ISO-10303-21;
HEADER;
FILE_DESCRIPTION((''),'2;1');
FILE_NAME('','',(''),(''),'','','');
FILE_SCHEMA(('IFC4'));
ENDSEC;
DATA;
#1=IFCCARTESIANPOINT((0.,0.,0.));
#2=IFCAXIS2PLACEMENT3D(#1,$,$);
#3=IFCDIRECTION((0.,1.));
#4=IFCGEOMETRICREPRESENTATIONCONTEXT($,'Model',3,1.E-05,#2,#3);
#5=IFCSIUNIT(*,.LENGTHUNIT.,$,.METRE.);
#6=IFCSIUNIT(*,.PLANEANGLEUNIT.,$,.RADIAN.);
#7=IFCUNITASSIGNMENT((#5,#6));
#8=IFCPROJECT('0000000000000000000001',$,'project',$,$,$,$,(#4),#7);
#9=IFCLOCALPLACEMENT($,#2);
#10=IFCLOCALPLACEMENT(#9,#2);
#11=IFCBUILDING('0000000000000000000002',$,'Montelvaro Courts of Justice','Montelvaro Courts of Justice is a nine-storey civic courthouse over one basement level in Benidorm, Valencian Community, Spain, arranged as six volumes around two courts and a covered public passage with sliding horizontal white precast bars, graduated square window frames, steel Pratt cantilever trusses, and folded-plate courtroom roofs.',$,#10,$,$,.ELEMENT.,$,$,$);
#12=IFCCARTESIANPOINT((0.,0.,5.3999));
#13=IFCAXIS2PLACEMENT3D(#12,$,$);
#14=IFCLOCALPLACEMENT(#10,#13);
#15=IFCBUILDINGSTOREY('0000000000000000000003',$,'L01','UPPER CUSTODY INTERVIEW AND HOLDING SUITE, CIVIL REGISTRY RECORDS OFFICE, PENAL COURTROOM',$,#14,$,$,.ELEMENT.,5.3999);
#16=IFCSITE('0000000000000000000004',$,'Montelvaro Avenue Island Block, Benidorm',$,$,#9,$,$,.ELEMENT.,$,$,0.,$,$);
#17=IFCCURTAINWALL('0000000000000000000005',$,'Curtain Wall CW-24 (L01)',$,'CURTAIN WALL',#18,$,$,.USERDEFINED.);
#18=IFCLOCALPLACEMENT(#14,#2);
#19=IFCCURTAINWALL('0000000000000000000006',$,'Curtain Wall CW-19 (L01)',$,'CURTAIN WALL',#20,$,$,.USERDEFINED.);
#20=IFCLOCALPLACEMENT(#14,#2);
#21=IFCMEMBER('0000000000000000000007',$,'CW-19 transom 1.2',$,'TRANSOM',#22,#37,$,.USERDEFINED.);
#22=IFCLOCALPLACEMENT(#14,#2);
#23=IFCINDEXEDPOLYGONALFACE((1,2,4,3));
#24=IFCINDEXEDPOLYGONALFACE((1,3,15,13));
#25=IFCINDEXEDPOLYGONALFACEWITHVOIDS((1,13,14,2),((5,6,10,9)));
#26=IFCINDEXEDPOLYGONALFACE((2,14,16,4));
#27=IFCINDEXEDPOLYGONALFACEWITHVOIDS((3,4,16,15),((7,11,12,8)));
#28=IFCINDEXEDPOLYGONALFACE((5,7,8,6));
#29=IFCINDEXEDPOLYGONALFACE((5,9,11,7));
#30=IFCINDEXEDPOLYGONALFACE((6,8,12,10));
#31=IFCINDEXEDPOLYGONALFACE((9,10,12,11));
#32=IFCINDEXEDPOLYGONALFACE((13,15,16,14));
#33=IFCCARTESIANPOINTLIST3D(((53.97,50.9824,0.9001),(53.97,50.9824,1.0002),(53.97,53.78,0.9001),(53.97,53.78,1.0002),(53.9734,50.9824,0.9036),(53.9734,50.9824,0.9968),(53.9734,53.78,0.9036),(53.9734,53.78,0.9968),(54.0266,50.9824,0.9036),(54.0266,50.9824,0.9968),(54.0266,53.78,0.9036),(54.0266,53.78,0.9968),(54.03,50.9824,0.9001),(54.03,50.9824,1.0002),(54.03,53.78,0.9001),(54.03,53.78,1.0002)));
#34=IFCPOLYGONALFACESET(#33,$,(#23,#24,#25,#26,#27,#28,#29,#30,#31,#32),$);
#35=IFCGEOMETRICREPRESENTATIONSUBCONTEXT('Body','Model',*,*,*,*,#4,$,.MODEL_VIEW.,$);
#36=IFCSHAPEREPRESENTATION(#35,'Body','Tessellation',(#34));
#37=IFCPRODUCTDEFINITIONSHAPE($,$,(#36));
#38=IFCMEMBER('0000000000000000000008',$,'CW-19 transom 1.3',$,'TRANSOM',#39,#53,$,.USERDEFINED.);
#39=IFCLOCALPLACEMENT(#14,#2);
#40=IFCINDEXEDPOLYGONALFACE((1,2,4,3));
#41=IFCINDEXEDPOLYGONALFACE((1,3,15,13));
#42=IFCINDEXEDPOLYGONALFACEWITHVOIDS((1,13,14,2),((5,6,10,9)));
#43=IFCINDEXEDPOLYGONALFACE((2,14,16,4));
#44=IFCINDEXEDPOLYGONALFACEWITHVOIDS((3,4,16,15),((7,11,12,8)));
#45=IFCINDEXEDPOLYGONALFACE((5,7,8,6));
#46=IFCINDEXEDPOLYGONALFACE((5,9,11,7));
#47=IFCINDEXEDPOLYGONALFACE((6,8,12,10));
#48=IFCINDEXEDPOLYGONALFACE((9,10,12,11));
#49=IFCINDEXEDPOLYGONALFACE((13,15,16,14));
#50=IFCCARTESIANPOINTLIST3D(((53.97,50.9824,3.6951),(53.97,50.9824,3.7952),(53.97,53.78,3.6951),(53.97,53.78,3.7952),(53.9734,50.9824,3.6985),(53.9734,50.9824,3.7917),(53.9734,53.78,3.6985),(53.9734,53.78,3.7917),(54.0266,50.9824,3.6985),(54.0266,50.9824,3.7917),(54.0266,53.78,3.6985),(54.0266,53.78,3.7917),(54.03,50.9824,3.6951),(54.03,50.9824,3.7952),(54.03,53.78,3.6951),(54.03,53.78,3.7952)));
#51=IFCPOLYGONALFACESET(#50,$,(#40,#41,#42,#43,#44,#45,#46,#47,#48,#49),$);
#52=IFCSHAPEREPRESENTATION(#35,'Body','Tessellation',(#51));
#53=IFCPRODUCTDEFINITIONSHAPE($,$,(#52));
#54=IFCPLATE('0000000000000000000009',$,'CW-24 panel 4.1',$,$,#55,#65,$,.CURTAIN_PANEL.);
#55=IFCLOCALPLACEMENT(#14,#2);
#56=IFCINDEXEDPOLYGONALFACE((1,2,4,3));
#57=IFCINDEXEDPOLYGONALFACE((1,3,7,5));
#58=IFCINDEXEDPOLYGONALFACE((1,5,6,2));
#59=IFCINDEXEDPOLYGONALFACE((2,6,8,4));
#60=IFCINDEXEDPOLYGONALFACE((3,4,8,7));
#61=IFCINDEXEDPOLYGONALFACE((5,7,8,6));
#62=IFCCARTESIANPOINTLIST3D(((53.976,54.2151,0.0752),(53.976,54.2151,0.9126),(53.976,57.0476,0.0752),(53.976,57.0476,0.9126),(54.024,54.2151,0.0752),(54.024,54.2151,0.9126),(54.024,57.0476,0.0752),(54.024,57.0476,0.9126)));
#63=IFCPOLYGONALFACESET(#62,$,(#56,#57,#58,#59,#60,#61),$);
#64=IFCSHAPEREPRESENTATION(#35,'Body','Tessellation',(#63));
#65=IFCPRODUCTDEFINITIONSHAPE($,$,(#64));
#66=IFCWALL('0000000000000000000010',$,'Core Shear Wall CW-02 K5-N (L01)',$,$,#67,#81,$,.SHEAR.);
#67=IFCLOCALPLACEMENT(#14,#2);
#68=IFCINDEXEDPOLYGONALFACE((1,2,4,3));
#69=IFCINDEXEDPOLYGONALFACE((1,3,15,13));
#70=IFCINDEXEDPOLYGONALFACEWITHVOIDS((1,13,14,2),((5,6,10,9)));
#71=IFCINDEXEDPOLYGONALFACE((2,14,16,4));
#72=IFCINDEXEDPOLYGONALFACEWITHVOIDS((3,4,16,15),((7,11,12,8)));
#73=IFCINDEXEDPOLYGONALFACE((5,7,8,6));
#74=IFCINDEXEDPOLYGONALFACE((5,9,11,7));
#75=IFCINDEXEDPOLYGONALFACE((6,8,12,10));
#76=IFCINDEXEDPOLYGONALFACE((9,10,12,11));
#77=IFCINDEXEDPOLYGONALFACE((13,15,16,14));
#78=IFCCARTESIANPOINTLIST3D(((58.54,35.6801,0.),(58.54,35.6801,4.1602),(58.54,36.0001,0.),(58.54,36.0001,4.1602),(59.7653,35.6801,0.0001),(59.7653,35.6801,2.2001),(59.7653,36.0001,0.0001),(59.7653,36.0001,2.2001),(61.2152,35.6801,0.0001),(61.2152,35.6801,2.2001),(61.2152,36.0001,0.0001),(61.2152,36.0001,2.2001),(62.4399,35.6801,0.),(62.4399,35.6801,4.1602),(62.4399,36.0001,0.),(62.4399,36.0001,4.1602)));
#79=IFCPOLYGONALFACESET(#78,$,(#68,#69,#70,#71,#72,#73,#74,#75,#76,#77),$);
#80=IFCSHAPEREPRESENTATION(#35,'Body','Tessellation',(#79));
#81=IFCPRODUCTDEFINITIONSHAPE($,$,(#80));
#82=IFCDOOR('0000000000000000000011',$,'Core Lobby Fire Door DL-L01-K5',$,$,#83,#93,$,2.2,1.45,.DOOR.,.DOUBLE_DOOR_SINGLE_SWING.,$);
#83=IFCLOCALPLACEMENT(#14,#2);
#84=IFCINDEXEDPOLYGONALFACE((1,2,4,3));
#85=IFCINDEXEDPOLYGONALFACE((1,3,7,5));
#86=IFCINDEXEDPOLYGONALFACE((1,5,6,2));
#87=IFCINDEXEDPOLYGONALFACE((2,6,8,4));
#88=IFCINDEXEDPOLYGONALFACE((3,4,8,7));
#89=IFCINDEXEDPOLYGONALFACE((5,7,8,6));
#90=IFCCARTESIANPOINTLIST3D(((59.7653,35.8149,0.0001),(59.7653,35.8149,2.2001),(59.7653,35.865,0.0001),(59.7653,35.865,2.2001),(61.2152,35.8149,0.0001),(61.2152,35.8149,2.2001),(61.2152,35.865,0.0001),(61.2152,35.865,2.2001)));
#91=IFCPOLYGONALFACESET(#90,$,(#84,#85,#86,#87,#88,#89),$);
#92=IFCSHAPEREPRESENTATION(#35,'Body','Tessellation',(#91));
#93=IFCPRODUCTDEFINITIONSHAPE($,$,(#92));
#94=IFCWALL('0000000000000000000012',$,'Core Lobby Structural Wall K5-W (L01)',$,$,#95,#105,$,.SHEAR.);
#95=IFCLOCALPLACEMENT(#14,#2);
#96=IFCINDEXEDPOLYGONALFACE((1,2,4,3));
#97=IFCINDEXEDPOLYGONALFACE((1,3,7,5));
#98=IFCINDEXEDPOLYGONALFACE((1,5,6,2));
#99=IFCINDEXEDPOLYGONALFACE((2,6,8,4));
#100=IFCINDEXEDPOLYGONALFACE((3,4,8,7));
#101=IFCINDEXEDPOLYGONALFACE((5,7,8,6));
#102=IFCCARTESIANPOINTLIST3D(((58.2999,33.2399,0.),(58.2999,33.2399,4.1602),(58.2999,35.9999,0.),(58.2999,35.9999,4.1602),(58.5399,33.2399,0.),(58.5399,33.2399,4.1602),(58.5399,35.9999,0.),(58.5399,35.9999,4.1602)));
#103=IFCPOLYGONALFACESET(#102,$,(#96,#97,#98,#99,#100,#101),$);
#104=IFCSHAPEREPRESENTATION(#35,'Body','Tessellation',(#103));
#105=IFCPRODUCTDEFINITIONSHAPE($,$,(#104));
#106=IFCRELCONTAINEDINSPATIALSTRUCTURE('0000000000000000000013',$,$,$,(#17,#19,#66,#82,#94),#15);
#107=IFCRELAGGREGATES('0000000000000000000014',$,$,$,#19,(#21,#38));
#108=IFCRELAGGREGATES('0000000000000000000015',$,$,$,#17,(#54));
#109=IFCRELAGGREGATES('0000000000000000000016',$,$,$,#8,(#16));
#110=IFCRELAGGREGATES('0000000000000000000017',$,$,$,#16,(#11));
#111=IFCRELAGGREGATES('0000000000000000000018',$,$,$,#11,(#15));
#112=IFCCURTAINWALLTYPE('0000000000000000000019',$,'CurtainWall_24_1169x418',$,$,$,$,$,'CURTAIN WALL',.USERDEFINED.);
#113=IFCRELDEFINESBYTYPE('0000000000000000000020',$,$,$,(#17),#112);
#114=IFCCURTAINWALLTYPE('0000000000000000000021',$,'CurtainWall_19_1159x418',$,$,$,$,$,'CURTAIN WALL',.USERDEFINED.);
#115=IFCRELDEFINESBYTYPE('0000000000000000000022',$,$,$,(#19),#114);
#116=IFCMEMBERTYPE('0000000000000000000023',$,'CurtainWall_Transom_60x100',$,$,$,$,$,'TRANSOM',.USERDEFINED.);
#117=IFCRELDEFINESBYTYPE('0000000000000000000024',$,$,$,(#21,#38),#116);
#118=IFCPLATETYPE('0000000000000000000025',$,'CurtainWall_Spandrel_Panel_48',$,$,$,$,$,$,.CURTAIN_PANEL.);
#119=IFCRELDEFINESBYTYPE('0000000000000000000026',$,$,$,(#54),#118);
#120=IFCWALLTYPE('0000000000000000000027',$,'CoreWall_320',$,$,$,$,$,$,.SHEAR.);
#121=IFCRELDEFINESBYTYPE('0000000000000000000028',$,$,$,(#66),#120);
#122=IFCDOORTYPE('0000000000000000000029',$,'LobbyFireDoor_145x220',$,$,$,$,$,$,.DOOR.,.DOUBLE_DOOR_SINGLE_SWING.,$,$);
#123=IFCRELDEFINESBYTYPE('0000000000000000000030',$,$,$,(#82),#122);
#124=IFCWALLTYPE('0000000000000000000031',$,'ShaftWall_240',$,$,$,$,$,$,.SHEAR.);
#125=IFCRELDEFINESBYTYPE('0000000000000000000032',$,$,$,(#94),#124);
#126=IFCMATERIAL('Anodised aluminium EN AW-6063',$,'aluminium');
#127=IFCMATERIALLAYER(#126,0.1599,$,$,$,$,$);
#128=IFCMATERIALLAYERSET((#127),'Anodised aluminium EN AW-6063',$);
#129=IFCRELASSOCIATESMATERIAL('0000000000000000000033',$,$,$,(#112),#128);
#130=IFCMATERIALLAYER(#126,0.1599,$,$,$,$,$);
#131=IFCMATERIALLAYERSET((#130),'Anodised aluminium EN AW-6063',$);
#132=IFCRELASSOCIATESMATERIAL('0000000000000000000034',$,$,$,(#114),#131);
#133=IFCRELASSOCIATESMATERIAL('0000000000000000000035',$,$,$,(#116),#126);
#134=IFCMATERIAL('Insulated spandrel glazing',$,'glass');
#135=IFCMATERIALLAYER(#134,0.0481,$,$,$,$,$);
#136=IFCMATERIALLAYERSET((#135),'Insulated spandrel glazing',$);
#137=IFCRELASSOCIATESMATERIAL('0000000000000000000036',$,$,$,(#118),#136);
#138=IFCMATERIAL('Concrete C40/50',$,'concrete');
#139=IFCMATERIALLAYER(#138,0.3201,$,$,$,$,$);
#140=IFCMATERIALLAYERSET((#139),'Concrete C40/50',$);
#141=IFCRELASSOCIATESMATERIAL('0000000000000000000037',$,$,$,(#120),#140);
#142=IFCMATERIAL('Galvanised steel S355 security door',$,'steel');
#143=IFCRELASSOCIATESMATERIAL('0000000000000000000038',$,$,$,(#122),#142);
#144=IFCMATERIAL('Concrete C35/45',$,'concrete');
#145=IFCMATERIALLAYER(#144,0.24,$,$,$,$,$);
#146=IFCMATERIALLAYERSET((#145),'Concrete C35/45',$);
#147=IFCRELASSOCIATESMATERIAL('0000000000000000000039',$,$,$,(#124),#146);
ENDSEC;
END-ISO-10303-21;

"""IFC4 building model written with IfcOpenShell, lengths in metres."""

from ifc_helpers import new_model, si_unit, direction, frame, frame_2d, origin, origin_2d, place, context, subcontext, project, spatial, rectangle, hollow_rectangle, extrude, material, layer, layer_set, material_profile, profile_set, type_object, element, fill, aggregate, save


model = new_model("IFC4")

# Units and contexts
model_context = context("Model", 3, precision=1e-05, world=origin(), true_north=direction((0.0, 1.0)))
body_context = subcontext(model_context, "Body", "Model", "MODEL_VIEW")
ifc_project = project(units=[si_unit("LENGTHUNIT", "METRE"), si_unit("PLANEANGLEUNIT", "RADIAN")], contexts=[model_context])

# Site, building, storey
site_placement = place(None, origin())
site = spatial("IfcSite", under=ifc_project, at=site_placement, Name="Montelvaro Avenue Island Block, Benidorm", CompositionType="ELEMENT", RefElevation=0.0)
building_placement = place(site_placement, origin())
building = spatial("IfcBuilding", under=site, at=building_placement, Name="Montelvaro Courts of Justice", Description="Montelvaro Courts of Justice is a nine-storey civic courthouse over one basement level in Benidorm, Valencian Community, Spain, arranged as six volumes around two courts and a covered public passage with sliding horizontal white precast bars, graduated square window frames, steel Pratt cantilever trusses, and folded-plate courtroom roofs.", CompositionType="ELEMENT")
storey_placement = place(building_placement, frame((0.0, 0.0, 5.3999)))
storey = spatial("IfcBuildingStorey", under=building, at=storey_placement, Name="L01", Description="UPPER CUSTODY INTERVIEW AND HOLDING SUITE, CIVIL REGISTRY RECORDS OFFICE, PENAL COURTROOM", CompositionType="ELEMENT", Elevation=5.3999)

# Curtain wall
ifc_material_1 = material(Name="Anodised aluminium EN AW-6063", Category="aluminium")
ifc_layer_1 = layer(ifc_material_1, 0.1599)
ifc_layer_set_1 = layer_set([ifc_layer_1], Name="Anodised aluminium EN AW-6063")
curtain_wall_type_1 = type_object("IfcCurtainWallType", Name="CurtainWall_24_1169x418", ElementType="CURTAIN WALL", PredefinedType="USERDEFINED", material=ifc_layer_set_1)
curtain_wall_1_placement = place(storey_placement, origin())
curtain_wall_1 = element("IfcCurtainWall", 1, at=curtain_wall_1_placement, inside=storey, type_object=curtain_wall_type_1, Name="Curtain Wall CW-24 (L01)", ObjectType="CURTAIN WALL", PredefinedType="USERDEFINED")

# Curtain wall, members
ifc_layer_2 = layer(ifc_material_1, 0.1599)
ifc_layer_set_2 = layer_set([ifc_layer_2], Name="Anodised aluminium EN AW-6063")
curtain_wall_type_2 = type_object("IfcCurtainWallType", Name="CurtainWall_19_1159x418", ElementType="CURTAIN WALL", PredefinedType="USERDEFINED", material=ifc_layer_set_2)
curtain_wall_2_placement = place(storey_placement, origin())
curtain_wall_2 = element("IfcCurtainWall", 2, at=curtain_wall_2_placement, inside=storey, type_object=curtain_wall_type_2, Name="Curtain Wall CW-19 (L01)", ObjectType="CURTAIN WALL", PredefinedType="USERDEFINED")
ifc_material_profile_1 = material_profile(ifc_material_1, hollow_rectangle(XDim=0.0601, YDim=0.1001, WallThickness=0.0034, at=origin_2d()), Name="ALU-T 60x100")
ifc_profile_set_1 = profile_set([ifc_material_profile_1], Name="Anodised aluminium EN AW-6063")
member_type_1 = type_object("IfcMemberType", Name="CurtainWall_Transom_60x100", ElementType="TRANSOM", PredefinedType="USERDEFINED", material=ifc_profile_set_1)
member_1_placement = place(storey_placement, frame((54.0, 53.78, 0.9502), z_axis=(0.0, -1.0, 0.0), x_axis=(1.0, 0.0, 0.0)))
member_1 = element("IfcMember", 3, at=member_1_placement, type_object=member_type_1, Name="CW-19 transom 1.2", ObjectType="TRANSOM", PredefinedType="USERDEFINED", context=body_context, shape_type="SweptSolid", body=[
    extrude(hollow_rectangle(XDim=0.0601, YDim=0.1001, WallThickness=0.0034, at=origin_2d()), origin(), (0.0, 0.0, 1.0), 2.7976),
])
member_2_placement = place(storey_placement, frame((54.0, 53.78, 3.7451), z_axis=(0.0, -1.0, 0.0), x_axis=(1.0, 0.0, 0.0)))
member_2 = element("IfcMember", 4, at=member_2_placement, type_object=member_type_1, Name="CW-19 transom 1.3", ObjectType="TRANSOM", PredefinedType="USERDEFINED", context=body_context, shape_type="SweptSolid", body=[
    extrude(hollow_rectangle(XDim=0.0601, YDim=0.1001, WallThickness=0.0034, at=origin_2d()), origin(), (0.0, 0.0, 1.0), 2.7976),
])
aggregate(curtain_wall_2, [member_1, member_2])

# Plate
ifc_material_2 = material(Name="Insulated spandrel glazing", Category="glass")
ifc_layer_3 = layer(ifc_material_2, 0.0481)
ifc_layer_set_3 = layer_set([ifc_layer_3], Name="Insulated spandrel glazing")
plate_type = type_object("IfcPlateType", Name="CurtainWall_Spandrel_Panel_48", PredefinedType="CURTAIN_PANEL", material=ifc_layer_set_3)
plate_placement = place(storey_placement, frame((54.0, 55.6313, 0.0752), z_axis=(0.0, 0.0, 1.0), x_axis=(0.0, -1.0, 0.0)))
plate = element("IfcPlate", 5, at=plate_placement, type_object=plate_type, Name="CW-24 panel 4.1", PredefinedType="CURTAIN_PANEL", context=body_context, shape_type="SweptSolid", body=[
    extrude(rectangle(XDim=2.8325, YDim=0.0481, at=origin_2d()), origin(), (0.0, 0.0, 1.0), 0.8374),
])
aggregate(curtain_wall_1, [plate])

# Wall, opening, door
ifc_material_3 = material(Name="Concrete C40/50", Category="concrete")
ifc_layer_4 = layer(ifc_material_3, 0.3201)
ifc_layer_set_4 = layer_set([ifc_layer_4], Name="Concrete C40/50")
wall_type_1 = type_object("IfcWallType", Name="CoreWall_320", PredefinedType="SHEAR", material=ifc_layer_set_4)
wall_1_placement = place(storey_placement, frame((58.54, 35.8401, 0.0), z_axis=(0.0, 0.0, 1.0), x_axis=(1.0, 0.0, 0.0)))
wall_1 = element("IfcWall", 6, at=wall_1_placement, inside=storey, type_object=wall_type_1, Name="Core Shear Wall CW-02 K5-N (L01)", PredefinedType="SHEAR", context=body_context, shape_type="SweptSolid", body=[
    extrude(rectangle(XDim=3.8999, YDim=0.3201, at=frame_2d((1.95, 0.0))), origin(), (0.0, 0.0, 1.0), 4.1602),
])
opening_placement = place(wall_1_placement, frame((1.2251, 0.0, 0.0)))
opening = element("IfcOpeningElement", 7, at=opening_placement, cuts=wall_1, PredefinedType="OPENING", context=body_context, shape_type="SweptSolid", body=[
    extrude(rectangle(XDim=1.45, YDim=2.2, at=frame_2d((0.7251, 1.1001))), frame((0.0, 0.1748, 0.0), z_axis=(0.0, -1.0, 0.0), x_axis=(1.0, 0.0, 0.0)), (0.0, 0.0, 1.0), 0.3499),
])
ifc_material_4 = material(Name="Galvanised steel S355 security door", Category="steel")
door_type = type_object("IfcDoorType", Name="LobbyFireDoor_145x220", OperationType="DOUBLE_DOOR_SINGLE_SWING", PredefinedType="DOOR", material=ifc_material_4)
door_placement = place(opening_placement, origin())
door = element("IfcDoor", 8, at=door_placement, inside=storey, type_object=door_type, Name="Core Lobby Fire Door DL-L01-K5", OperationType="DOUBLE_DOOR_SINGLE_SWING", OverallHeight=2.2, OverallWidth=1.45, PredefinedType="DOOR", context=body_context, shape_type="SweptSolid", body=[
    extrude(rectangle(XDim=1.45, YDim=2.2, at=frame_2d((0.7251, 1.1001))), frame((0.0, 0.0249, 0.0), z_axis=(0.0, -1.0, 0.0), x_axis=(1.0, 0.0, 0.0)), (0.0, 0.0, 1.0), 0.05),
])
fill(opening, door)

# Wall
ifc_material_5 = material(Name="Concrete C35/45", Category="concrete")
ifc_layer_5 = layer(ifc_material_5, 0.24)
ifc_layer_set_5 = layer_set([ifc_layer_5], Name="Concrete C35/45")
wall_type_2 = type_object("IfcWallType", Name="ShaftWall_240", PredefinedType="SHEAR", material=ifc_layer_set_5)
wall_2_placement = place(storey_placement, frame((58.4199, 33.24, 0.0), z_axis=(0.0, 0.0, 1.0), x_axis=(0.0, 1.0, 0.0)))
element("IfcWall", 9, at=wall_2_placement, inside=storey, type_object=wall_type_2, Name="Core Lobby Structural Wall K5-W (L01)", PredefinedType="SHEAR", context=body_context, shape_type="SweptSolid", body=[
    extrude(rectangle(XDim=2.76, YDim=0.24, at=frame_2d((1.3799, 0.0))), origin(), (0.0, 0.0, 1.0), 4.1602),
])

save(model, "model.ifc")
